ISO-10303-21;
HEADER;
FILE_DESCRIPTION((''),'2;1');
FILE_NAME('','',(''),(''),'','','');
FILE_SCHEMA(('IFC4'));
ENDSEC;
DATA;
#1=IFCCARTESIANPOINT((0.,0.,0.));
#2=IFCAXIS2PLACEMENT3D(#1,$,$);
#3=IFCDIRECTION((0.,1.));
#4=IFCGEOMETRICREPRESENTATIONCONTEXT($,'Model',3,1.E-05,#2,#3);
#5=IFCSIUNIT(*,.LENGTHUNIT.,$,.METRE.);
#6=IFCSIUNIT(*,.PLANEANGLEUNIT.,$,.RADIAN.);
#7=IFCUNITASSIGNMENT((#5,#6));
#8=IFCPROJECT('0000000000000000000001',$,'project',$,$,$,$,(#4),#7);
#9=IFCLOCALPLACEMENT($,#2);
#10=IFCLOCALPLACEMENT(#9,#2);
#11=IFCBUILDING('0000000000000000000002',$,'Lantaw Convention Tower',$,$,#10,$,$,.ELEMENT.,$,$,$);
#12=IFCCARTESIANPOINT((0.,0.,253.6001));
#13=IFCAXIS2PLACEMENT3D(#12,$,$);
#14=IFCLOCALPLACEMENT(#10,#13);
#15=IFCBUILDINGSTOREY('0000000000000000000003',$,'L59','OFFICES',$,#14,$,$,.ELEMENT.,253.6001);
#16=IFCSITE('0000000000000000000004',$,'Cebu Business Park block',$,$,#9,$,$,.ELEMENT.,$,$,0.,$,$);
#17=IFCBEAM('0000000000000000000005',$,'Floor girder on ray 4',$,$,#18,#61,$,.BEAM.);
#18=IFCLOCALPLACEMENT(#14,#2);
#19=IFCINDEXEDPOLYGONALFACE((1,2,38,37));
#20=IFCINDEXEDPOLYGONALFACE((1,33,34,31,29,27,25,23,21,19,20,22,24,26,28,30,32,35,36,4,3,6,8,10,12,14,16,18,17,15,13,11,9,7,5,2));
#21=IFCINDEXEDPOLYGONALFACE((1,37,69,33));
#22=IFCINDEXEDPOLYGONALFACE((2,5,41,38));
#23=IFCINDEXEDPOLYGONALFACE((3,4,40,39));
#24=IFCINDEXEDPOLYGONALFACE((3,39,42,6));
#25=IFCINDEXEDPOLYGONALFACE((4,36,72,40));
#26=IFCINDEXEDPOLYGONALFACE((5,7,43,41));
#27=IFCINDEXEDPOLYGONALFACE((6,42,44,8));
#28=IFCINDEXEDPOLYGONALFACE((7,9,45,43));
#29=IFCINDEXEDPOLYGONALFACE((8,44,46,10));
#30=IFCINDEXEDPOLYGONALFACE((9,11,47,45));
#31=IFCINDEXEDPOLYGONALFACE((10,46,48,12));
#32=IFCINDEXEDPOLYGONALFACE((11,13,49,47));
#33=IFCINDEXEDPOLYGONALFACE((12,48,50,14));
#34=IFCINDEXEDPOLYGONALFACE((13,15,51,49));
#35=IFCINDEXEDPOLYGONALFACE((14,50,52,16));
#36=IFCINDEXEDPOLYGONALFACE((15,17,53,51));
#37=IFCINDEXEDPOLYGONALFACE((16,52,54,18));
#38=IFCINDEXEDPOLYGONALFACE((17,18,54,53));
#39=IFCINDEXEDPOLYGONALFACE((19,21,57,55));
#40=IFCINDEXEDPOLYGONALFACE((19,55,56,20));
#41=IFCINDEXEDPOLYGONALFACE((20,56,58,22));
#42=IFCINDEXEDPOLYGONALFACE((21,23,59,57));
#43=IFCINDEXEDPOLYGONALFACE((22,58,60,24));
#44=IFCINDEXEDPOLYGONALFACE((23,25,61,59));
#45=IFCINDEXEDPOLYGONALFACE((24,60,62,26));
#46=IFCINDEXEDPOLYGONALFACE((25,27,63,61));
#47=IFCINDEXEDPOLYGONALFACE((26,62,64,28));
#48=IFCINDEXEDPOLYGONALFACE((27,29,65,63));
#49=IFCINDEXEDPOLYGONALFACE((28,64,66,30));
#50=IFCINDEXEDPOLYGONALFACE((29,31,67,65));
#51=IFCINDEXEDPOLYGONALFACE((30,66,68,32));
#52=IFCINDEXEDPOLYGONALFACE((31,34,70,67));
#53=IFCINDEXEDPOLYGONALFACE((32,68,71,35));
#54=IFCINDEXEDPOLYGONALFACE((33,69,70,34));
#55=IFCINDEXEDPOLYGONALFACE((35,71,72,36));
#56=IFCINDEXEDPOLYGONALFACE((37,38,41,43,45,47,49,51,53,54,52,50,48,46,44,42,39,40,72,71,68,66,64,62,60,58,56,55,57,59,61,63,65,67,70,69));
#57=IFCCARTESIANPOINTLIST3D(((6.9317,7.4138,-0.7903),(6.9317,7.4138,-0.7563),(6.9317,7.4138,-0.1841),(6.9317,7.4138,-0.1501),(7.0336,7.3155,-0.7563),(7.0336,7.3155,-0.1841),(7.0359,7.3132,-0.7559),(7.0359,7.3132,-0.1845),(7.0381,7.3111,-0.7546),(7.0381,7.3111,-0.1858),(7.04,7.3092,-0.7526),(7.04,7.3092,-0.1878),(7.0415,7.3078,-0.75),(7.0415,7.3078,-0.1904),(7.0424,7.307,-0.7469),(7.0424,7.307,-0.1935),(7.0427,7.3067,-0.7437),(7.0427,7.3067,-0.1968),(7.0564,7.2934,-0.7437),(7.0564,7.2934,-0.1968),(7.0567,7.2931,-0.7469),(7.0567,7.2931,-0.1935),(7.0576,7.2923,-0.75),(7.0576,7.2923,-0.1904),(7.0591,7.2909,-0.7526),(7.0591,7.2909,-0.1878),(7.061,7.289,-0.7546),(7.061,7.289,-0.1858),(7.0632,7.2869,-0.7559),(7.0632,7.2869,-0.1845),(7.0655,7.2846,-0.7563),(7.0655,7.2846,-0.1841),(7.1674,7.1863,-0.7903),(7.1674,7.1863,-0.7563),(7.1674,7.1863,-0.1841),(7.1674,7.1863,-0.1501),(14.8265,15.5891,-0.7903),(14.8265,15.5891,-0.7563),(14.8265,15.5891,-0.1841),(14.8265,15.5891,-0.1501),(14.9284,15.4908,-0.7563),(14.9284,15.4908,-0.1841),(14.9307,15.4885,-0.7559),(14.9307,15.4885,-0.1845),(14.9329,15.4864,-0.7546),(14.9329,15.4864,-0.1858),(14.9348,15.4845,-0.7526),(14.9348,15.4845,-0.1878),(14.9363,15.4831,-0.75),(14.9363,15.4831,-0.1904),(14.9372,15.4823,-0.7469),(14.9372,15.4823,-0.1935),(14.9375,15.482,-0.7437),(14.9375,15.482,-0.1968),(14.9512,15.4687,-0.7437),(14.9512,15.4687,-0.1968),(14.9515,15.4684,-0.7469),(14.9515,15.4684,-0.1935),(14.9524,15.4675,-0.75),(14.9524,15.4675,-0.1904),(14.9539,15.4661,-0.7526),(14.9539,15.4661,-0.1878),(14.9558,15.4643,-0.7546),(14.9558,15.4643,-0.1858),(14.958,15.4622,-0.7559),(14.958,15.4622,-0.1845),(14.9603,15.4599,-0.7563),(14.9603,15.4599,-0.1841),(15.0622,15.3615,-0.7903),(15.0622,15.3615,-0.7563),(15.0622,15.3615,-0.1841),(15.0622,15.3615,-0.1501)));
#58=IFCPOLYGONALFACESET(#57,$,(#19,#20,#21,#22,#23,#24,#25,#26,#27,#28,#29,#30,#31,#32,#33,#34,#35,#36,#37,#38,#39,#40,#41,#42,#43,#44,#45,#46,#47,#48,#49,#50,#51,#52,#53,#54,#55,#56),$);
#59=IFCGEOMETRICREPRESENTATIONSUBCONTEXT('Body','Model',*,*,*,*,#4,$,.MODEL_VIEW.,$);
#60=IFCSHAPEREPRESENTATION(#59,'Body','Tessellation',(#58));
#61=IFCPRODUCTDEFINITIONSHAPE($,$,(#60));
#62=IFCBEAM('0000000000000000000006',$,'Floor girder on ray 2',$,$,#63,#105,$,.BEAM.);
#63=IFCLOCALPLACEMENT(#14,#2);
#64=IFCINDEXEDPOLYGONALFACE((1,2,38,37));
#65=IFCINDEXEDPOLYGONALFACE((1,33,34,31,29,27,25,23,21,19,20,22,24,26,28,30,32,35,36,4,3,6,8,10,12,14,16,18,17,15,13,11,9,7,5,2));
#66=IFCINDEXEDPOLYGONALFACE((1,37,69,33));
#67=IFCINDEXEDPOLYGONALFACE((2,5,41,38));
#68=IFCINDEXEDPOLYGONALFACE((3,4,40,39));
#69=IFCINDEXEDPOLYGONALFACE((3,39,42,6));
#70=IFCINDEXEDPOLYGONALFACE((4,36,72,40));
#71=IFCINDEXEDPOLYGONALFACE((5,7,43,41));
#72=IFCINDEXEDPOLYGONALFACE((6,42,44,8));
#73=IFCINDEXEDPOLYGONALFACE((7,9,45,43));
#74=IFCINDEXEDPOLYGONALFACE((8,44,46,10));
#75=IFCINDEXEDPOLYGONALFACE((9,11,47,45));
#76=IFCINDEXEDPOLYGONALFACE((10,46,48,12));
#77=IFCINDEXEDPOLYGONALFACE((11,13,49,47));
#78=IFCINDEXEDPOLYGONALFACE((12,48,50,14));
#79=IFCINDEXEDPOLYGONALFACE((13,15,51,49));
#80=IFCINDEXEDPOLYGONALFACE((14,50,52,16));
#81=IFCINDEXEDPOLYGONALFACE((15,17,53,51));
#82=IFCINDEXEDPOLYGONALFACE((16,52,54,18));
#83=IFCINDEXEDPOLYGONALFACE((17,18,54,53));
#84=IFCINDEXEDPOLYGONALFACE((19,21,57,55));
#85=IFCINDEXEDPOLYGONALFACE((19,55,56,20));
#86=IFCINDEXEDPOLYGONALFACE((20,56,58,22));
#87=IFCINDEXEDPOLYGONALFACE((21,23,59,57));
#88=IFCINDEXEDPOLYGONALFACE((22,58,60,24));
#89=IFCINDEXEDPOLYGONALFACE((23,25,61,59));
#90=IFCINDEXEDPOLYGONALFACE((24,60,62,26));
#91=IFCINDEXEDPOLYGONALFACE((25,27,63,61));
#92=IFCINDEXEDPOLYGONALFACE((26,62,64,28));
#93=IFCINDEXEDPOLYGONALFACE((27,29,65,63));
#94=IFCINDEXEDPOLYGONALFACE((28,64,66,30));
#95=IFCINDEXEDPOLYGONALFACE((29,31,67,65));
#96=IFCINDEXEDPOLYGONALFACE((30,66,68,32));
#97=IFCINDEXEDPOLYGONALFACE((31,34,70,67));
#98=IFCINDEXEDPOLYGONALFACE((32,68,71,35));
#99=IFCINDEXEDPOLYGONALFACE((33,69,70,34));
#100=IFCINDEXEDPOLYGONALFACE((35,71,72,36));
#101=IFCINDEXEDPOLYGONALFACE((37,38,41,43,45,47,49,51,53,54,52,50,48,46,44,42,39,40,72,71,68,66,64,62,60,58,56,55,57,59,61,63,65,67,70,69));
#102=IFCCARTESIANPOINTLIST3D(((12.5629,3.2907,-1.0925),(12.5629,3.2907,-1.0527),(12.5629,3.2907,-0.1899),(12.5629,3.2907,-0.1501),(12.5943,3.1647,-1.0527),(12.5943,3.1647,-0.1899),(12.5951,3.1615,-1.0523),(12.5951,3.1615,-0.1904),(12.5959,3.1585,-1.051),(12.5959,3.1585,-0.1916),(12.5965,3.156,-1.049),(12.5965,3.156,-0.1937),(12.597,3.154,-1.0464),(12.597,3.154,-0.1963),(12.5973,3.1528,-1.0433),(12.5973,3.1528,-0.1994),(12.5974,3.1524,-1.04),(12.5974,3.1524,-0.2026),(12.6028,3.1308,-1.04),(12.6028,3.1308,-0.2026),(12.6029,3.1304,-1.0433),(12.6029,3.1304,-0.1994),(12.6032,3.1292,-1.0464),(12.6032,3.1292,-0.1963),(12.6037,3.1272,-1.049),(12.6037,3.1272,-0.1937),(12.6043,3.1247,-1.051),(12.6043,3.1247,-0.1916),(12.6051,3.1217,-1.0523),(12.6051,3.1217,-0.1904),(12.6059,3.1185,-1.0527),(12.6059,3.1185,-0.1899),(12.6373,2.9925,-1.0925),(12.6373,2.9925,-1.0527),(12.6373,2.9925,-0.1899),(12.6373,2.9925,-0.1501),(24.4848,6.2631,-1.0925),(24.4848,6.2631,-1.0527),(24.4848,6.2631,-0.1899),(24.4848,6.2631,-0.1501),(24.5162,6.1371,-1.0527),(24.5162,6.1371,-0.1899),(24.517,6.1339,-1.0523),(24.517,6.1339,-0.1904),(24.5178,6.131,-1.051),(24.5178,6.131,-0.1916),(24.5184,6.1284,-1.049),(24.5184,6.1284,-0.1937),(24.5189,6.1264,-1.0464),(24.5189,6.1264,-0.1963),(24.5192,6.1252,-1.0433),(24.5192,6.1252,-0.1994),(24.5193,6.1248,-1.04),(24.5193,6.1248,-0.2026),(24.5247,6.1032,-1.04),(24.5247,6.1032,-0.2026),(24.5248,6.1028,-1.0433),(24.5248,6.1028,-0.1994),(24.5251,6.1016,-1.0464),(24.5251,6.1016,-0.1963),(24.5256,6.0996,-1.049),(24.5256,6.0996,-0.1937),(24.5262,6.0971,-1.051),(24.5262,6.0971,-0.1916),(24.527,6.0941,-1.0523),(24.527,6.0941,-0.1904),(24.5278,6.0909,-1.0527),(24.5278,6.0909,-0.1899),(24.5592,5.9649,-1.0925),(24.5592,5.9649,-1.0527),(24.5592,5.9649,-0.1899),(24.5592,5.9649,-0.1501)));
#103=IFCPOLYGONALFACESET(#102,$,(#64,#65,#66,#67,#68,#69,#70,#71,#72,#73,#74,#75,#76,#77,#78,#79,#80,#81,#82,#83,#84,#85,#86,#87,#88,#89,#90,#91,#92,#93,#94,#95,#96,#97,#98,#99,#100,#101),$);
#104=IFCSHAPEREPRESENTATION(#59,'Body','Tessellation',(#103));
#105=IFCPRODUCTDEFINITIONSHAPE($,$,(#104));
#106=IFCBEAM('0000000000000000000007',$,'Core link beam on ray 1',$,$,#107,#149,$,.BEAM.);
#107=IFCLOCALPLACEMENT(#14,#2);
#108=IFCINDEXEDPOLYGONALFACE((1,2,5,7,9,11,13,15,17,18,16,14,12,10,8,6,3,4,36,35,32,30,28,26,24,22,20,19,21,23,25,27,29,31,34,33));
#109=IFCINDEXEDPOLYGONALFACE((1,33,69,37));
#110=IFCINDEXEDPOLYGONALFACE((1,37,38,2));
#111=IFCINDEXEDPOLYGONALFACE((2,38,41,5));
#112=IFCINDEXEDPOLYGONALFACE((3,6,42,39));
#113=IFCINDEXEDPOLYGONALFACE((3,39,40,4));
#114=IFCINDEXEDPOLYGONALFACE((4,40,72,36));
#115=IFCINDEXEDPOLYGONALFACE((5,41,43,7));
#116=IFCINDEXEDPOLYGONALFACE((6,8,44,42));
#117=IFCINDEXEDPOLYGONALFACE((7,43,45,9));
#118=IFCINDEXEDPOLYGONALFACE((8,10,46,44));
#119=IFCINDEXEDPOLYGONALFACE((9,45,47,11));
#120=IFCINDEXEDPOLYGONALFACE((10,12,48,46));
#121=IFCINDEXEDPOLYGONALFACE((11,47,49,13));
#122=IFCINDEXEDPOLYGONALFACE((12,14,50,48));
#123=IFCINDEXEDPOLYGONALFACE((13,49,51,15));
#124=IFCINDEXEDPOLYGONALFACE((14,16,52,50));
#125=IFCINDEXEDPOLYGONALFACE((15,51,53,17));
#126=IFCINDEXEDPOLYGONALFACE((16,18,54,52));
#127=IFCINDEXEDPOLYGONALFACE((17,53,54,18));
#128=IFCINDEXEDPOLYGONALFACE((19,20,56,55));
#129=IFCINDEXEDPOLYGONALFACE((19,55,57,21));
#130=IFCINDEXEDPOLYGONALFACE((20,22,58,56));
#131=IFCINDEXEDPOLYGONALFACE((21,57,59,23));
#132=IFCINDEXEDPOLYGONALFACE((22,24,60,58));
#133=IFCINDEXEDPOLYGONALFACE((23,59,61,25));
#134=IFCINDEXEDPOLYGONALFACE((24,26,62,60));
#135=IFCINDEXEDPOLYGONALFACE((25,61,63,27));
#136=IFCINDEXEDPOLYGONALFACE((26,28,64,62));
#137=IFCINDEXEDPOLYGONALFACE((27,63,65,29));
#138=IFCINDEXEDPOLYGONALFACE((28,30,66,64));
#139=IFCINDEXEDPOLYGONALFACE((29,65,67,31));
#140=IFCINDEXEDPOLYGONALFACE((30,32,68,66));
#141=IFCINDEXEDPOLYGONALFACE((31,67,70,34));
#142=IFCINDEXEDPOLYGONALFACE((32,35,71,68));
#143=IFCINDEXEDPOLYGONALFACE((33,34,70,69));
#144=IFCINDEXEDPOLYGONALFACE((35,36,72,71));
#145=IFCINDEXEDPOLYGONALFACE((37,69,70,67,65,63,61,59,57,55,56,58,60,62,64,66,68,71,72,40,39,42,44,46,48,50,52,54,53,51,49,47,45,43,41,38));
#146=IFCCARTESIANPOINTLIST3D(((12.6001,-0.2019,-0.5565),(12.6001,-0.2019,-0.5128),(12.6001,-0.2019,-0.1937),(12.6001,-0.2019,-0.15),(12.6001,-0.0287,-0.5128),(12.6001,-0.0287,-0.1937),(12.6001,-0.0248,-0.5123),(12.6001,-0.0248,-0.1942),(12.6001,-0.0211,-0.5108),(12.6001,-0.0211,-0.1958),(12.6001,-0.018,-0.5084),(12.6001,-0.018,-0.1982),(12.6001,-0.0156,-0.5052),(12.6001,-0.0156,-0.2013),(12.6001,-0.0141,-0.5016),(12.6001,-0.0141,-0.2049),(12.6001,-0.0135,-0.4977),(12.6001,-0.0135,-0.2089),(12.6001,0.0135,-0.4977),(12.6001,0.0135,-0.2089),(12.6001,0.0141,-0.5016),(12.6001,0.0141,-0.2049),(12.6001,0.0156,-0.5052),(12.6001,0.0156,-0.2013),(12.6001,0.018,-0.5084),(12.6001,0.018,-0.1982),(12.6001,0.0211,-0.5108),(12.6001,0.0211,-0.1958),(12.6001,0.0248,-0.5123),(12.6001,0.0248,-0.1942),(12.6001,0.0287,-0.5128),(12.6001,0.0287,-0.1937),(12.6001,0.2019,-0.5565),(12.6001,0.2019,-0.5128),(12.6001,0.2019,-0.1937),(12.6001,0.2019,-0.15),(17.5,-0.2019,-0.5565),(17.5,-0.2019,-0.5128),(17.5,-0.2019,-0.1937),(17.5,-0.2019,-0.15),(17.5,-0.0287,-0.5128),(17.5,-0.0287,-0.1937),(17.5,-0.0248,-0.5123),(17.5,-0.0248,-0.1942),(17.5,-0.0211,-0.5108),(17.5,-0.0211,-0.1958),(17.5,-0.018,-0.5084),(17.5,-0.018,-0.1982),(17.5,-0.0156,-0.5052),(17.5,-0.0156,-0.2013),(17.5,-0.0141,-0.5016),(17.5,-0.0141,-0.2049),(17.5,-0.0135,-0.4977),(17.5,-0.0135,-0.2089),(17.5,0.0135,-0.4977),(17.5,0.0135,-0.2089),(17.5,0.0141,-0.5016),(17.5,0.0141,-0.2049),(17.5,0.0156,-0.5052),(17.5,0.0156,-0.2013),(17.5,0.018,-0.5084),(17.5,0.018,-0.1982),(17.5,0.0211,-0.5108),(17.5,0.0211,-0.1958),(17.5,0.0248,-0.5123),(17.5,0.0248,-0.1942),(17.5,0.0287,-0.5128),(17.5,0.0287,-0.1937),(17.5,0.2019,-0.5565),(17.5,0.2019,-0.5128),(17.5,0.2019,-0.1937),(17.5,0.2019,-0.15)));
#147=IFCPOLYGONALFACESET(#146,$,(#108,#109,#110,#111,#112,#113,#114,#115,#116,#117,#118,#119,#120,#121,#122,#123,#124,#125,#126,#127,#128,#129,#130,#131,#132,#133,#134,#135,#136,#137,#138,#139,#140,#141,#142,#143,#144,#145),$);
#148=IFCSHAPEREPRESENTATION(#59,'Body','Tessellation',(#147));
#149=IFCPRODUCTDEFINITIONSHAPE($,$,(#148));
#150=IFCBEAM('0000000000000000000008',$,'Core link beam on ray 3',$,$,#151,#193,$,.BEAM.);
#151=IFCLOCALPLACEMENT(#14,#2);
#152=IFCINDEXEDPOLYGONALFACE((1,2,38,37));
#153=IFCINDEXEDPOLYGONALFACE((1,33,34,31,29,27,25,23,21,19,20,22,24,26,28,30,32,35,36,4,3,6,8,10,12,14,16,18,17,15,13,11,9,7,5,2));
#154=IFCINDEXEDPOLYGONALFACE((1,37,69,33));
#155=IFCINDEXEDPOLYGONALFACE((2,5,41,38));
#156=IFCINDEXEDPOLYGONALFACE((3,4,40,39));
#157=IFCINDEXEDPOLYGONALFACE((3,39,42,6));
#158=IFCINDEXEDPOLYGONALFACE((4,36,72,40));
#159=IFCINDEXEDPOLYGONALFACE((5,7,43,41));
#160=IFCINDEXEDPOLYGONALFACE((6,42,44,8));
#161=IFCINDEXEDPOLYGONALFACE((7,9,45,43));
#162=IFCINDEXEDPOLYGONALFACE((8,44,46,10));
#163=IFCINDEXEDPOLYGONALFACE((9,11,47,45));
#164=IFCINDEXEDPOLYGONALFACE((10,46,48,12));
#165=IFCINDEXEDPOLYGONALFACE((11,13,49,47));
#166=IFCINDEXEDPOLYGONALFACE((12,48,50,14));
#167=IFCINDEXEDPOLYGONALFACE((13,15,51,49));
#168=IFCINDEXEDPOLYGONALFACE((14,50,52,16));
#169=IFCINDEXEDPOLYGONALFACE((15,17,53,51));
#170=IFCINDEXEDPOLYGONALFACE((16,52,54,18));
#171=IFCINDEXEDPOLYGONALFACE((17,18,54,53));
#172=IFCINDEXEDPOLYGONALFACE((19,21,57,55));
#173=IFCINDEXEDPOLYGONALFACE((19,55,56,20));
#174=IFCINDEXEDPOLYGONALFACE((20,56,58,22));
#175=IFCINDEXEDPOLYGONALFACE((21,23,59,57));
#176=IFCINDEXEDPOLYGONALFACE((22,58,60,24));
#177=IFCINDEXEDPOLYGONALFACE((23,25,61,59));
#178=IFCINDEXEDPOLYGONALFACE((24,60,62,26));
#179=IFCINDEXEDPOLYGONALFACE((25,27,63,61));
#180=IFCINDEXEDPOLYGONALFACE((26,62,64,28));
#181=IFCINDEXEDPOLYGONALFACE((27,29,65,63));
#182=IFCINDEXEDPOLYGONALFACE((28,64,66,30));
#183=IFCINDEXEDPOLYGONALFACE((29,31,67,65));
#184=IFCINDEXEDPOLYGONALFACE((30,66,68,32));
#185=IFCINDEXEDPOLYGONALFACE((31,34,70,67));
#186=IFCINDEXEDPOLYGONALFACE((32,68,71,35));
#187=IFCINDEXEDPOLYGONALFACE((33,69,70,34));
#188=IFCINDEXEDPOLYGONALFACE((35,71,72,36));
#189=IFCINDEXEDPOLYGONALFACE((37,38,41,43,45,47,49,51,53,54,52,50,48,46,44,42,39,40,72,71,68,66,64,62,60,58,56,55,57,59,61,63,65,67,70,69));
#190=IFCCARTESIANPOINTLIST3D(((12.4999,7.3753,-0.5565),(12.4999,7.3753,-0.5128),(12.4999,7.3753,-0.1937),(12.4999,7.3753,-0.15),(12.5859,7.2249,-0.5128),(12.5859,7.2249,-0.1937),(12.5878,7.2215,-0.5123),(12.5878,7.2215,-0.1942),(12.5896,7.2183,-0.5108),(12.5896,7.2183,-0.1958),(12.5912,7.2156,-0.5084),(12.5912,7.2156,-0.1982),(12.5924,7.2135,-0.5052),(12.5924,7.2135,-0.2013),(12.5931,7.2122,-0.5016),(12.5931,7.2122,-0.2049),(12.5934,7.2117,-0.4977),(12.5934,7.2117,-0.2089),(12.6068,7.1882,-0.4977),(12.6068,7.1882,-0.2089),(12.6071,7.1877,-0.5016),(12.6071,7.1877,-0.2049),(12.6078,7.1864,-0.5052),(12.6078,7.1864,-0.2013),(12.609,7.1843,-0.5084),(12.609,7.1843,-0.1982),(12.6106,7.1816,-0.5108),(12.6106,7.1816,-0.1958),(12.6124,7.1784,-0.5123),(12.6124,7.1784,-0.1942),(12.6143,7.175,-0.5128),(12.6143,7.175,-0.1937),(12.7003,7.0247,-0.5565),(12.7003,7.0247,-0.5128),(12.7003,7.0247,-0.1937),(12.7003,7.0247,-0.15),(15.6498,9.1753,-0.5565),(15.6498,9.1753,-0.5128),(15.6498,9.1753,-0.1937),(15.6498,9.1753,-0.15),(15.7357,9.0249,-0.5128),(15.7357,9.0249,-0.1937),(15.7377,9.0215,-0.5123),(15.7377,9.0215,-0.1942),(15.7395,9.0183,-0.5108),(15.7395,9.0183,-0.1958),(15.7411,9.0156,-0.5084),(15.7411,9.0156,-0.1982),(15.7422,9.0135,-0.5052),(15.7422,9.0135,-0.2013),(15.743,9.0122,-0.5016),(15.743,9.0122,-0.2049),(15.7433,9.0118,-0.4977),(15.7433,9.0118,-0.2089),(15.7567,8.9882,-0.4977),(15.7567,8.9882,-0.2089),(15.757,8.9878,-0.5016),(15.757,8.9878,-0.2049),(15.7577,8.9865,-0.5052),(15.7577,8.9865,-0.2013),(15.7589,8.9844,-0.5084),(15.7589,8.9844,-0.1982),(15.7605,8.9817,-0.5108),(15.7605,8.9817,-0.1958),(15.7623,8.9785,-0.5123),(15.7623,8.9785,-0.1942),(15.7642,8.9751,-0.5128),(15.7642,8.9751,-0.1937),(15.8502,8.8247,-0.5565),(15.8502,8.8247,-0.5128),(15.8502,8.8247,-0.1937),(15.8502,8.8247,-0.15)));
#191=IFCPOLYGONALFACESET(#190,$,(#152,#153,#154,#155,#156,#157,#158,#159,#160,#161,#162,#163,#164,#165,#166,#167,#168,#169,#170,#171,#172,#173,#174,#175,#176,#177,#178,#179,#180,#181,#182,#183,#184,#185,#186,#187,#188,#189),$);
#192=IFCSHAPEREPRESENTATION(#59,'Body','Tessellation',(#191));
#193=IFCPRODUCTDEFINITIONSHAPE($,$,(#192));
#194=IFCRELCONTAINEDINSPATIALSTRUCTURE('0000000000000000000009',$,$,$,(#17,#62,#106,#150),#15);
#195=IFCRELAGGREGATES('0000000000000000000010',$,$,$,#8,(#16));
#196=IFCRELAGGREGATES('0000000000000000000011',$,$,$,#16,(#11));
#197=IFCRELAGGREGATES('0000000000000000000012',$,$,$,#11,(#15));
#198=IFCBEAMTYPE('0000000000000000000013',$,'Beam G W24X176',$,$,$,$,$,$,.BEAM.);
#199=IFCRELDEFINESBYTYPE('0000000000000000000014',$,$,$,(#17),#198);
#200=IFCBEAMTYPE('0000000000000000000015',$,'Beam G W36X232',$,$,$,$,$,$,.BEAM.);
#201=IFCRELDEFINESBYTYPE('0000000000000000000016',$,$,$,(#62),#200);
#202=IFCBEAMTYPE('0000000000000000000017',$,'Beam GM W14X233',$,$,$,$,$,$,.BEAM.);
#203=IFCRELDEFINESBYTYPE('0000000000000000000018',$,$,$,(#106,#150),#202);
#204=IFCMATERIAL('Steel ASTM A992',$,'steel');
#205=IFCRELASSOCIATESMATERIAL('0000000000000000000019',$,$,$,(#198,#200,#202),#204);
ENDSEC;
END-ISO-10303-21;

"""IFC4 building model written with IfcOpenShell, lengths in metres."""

from ifc_helpers import new_model, si_unit, direction, frame, origin, origin_2d, place, context, subcontext, project, spatial, i_section, extrude, material, material_profile, profile_set, type_object, element, save


model = new_model("IFC4")

# Units and contexts
model_context = context("Model", 3, precision=1e-05, world=origin(), true_north=direction((0.0, 1.0)))
body_context = subcontext(model_context, "Body", "Model", "MODEL_VIEW")
ifc_project = project(units=[si_unit("LENGTHUNIT", "METRE"), si_unit("PLANEANGLEUNIT", "RADIAN")], contexts=[model_context])

# Site, building, storey
site_placement = place(None, origin())
site = spatial("IfcSite", under=ifc_project, at=site_placement, Name="Cebu Business Park block", CompositionType="ELEMENT", RefElevation=0.0)
building_placement = place(site_placement, origin())
building = spatial("IfcBuilding", under=site, at=building_placement, Name="Lantaw Convention Tower", CompositionType="ELEMENT")
storey_placement = place(building_placement, frame((0.0, 0.0, 253.6001)))
storey = spatial("IfcBuildingStorey", under=building, at=storey_placement, Name="L59", Description="OFFICES", CompositionType="ELEMENT", Elevation=253.6001)

# Beams
ifc_material_1 = material(Name="Steel ASTM A992", Category="steel")
ifc_material_profile_1 = material_profile(ifc_material_1, i_section(OverallWidth=0.3276, OverallDepth=0.6401, WebThickness=0.019, FlangeThickness=0.0339, FilletRadius=0.0127, at=origin_2d()), Name="W24X176")
ifc_profile_set_1 = profile_set([ifc_material_profile_1], Name="Steel ASTM A992")
beam_type_1 = type_object("IfcBeamType", Name="Beam G W24X176", PredefinedType="BEAM", material=ifc_profile_set_1)
beam_1_placement = place(storey_placement, frame((7.0496, 7.3, -0.4702), z_axis=(0.694658, 0.71934, 0.0), x_axis=(-0.71934, 0.694658, 0.0)))
element("IfcBeam", 1, at=beam_1_placement, inside=storey, type_object=beam_type_1, Name="Floor girder on ray 4", PredefinedType="BEAM", context=body_context, shape_type="SweptSolid", body=[
    extrude(i_section(OverallWidth=0.3276, OverallDepth=0.6401, WebThickness=0.019, FlangeThickness=0.0339, FilletRadius=0.0127, at=origin_2d()), origin(), (0.0, 0.0, 1.0), 11.365),
])
ifc_material_profile_2 = material_profile(ifc_material_1, i_section(OverallWidth=0.3074, OverallDepth=0.9424, WebThickness=0.0222, FlangeThickness=0.0398, FilletRadius=0.0127, at=origin_2d()), Name="W36X232")
ifc_profile_set_2 = profile_set([ifc_material_profile_2], Name="Steel ASTM A992")
beam_type_2 = type_object("IfcBeamType", Name="Beam G W36X232", PredefinedType="BEAM", material=ifc_profile_set_2)
beam_2_placement = place(storey_placement, frame((12.6001, 3.1416, -0.6213), z_axis=(0.970297, 0.241918, 0.0), x_axis=(-0.241918, 0.970297, 0.0)))
element("IfcBeam", 2, at=beam_2_placement, inside=storey, type_object=beam_type_2, Name="Floor girder on ray 2", PredefinedType="BEAM", context=body_context, shape_type="SweptSolid", body=[
    extrude(i_section(OverallWidth=0.3074, OverallDepth=0.9424, WebThickness=0.0222, FlangeThickness=0.0398, FilletRadius=0.0127, at=origin_2d()), origin(), (0.0, 0.0, 1.0), 12.2869),
])
ifc_material_profile_3 = material_profile(ifc_material_1, i_section(OverallWidth=0.4038, OverallDepth=0.4065, WebThickness=0.0271, FlangeThickness=0.0437, FilletRadius=0.0151, at=origin_2d()), Name="W14X233")
ifc_profile_set_3 = profile_set([ifc_material_profile_3], Name="Steel ASTM A992")
beam_type_3 = type_object("IfcBeamType", Name="Beam GM W14X233", PredefinedType="BEAM", material=ifc_profile_set_3)
beam_3_placement = place(storey_placement, frame((12.6001, 0.0, -0.3533), z_axis=(1.0, 0.0, 0.0), x_axis=(0.0, 1.0, 0.0)))
element("IfcBeam", 3, at=beam_3_placement, inside=storey, type_object=beam_type_3, Name="Core link beam on ray 1", PredefinedType="BEAM", context=body_context, shape_type="SweptSolid", body=[
    extrude(i_section(OverallWidth=0.4038, OverallDepth=0.4065, WebThickness=0.0271, FlangeThickness=0.0437, FilletRadius=0.0151, at=origin_2d()), origin(), (0.0, 0.0, 1.0), 4.8999),
])
beam_4_placement = place(storey_placement, frame((12.6001, 7.2, -0.3533), z_axis=(0.868231, 0.496161, 0.0), x_axis=(-0.496161, 0.868231, 0.0)))
element("IfcBeam", 4, at=beam_4_placement, inside=storey, type_object=beam_type_3, Name="Core link beam on ray 3", PredefinedType="BEAM", context=body_context, shape_type="SweptSolid", body=[
    extrude(i_section(OverallWidth=0.4038, OverallDepth=0.4065, WebThickness=0.0271, FlangeThickness=0.0437, FilletRadius=0.0151, at=origin_2d()), origin(), (0.0, 0.0, 1.0), 3.6279),
])

save(model, "model.ifc")
